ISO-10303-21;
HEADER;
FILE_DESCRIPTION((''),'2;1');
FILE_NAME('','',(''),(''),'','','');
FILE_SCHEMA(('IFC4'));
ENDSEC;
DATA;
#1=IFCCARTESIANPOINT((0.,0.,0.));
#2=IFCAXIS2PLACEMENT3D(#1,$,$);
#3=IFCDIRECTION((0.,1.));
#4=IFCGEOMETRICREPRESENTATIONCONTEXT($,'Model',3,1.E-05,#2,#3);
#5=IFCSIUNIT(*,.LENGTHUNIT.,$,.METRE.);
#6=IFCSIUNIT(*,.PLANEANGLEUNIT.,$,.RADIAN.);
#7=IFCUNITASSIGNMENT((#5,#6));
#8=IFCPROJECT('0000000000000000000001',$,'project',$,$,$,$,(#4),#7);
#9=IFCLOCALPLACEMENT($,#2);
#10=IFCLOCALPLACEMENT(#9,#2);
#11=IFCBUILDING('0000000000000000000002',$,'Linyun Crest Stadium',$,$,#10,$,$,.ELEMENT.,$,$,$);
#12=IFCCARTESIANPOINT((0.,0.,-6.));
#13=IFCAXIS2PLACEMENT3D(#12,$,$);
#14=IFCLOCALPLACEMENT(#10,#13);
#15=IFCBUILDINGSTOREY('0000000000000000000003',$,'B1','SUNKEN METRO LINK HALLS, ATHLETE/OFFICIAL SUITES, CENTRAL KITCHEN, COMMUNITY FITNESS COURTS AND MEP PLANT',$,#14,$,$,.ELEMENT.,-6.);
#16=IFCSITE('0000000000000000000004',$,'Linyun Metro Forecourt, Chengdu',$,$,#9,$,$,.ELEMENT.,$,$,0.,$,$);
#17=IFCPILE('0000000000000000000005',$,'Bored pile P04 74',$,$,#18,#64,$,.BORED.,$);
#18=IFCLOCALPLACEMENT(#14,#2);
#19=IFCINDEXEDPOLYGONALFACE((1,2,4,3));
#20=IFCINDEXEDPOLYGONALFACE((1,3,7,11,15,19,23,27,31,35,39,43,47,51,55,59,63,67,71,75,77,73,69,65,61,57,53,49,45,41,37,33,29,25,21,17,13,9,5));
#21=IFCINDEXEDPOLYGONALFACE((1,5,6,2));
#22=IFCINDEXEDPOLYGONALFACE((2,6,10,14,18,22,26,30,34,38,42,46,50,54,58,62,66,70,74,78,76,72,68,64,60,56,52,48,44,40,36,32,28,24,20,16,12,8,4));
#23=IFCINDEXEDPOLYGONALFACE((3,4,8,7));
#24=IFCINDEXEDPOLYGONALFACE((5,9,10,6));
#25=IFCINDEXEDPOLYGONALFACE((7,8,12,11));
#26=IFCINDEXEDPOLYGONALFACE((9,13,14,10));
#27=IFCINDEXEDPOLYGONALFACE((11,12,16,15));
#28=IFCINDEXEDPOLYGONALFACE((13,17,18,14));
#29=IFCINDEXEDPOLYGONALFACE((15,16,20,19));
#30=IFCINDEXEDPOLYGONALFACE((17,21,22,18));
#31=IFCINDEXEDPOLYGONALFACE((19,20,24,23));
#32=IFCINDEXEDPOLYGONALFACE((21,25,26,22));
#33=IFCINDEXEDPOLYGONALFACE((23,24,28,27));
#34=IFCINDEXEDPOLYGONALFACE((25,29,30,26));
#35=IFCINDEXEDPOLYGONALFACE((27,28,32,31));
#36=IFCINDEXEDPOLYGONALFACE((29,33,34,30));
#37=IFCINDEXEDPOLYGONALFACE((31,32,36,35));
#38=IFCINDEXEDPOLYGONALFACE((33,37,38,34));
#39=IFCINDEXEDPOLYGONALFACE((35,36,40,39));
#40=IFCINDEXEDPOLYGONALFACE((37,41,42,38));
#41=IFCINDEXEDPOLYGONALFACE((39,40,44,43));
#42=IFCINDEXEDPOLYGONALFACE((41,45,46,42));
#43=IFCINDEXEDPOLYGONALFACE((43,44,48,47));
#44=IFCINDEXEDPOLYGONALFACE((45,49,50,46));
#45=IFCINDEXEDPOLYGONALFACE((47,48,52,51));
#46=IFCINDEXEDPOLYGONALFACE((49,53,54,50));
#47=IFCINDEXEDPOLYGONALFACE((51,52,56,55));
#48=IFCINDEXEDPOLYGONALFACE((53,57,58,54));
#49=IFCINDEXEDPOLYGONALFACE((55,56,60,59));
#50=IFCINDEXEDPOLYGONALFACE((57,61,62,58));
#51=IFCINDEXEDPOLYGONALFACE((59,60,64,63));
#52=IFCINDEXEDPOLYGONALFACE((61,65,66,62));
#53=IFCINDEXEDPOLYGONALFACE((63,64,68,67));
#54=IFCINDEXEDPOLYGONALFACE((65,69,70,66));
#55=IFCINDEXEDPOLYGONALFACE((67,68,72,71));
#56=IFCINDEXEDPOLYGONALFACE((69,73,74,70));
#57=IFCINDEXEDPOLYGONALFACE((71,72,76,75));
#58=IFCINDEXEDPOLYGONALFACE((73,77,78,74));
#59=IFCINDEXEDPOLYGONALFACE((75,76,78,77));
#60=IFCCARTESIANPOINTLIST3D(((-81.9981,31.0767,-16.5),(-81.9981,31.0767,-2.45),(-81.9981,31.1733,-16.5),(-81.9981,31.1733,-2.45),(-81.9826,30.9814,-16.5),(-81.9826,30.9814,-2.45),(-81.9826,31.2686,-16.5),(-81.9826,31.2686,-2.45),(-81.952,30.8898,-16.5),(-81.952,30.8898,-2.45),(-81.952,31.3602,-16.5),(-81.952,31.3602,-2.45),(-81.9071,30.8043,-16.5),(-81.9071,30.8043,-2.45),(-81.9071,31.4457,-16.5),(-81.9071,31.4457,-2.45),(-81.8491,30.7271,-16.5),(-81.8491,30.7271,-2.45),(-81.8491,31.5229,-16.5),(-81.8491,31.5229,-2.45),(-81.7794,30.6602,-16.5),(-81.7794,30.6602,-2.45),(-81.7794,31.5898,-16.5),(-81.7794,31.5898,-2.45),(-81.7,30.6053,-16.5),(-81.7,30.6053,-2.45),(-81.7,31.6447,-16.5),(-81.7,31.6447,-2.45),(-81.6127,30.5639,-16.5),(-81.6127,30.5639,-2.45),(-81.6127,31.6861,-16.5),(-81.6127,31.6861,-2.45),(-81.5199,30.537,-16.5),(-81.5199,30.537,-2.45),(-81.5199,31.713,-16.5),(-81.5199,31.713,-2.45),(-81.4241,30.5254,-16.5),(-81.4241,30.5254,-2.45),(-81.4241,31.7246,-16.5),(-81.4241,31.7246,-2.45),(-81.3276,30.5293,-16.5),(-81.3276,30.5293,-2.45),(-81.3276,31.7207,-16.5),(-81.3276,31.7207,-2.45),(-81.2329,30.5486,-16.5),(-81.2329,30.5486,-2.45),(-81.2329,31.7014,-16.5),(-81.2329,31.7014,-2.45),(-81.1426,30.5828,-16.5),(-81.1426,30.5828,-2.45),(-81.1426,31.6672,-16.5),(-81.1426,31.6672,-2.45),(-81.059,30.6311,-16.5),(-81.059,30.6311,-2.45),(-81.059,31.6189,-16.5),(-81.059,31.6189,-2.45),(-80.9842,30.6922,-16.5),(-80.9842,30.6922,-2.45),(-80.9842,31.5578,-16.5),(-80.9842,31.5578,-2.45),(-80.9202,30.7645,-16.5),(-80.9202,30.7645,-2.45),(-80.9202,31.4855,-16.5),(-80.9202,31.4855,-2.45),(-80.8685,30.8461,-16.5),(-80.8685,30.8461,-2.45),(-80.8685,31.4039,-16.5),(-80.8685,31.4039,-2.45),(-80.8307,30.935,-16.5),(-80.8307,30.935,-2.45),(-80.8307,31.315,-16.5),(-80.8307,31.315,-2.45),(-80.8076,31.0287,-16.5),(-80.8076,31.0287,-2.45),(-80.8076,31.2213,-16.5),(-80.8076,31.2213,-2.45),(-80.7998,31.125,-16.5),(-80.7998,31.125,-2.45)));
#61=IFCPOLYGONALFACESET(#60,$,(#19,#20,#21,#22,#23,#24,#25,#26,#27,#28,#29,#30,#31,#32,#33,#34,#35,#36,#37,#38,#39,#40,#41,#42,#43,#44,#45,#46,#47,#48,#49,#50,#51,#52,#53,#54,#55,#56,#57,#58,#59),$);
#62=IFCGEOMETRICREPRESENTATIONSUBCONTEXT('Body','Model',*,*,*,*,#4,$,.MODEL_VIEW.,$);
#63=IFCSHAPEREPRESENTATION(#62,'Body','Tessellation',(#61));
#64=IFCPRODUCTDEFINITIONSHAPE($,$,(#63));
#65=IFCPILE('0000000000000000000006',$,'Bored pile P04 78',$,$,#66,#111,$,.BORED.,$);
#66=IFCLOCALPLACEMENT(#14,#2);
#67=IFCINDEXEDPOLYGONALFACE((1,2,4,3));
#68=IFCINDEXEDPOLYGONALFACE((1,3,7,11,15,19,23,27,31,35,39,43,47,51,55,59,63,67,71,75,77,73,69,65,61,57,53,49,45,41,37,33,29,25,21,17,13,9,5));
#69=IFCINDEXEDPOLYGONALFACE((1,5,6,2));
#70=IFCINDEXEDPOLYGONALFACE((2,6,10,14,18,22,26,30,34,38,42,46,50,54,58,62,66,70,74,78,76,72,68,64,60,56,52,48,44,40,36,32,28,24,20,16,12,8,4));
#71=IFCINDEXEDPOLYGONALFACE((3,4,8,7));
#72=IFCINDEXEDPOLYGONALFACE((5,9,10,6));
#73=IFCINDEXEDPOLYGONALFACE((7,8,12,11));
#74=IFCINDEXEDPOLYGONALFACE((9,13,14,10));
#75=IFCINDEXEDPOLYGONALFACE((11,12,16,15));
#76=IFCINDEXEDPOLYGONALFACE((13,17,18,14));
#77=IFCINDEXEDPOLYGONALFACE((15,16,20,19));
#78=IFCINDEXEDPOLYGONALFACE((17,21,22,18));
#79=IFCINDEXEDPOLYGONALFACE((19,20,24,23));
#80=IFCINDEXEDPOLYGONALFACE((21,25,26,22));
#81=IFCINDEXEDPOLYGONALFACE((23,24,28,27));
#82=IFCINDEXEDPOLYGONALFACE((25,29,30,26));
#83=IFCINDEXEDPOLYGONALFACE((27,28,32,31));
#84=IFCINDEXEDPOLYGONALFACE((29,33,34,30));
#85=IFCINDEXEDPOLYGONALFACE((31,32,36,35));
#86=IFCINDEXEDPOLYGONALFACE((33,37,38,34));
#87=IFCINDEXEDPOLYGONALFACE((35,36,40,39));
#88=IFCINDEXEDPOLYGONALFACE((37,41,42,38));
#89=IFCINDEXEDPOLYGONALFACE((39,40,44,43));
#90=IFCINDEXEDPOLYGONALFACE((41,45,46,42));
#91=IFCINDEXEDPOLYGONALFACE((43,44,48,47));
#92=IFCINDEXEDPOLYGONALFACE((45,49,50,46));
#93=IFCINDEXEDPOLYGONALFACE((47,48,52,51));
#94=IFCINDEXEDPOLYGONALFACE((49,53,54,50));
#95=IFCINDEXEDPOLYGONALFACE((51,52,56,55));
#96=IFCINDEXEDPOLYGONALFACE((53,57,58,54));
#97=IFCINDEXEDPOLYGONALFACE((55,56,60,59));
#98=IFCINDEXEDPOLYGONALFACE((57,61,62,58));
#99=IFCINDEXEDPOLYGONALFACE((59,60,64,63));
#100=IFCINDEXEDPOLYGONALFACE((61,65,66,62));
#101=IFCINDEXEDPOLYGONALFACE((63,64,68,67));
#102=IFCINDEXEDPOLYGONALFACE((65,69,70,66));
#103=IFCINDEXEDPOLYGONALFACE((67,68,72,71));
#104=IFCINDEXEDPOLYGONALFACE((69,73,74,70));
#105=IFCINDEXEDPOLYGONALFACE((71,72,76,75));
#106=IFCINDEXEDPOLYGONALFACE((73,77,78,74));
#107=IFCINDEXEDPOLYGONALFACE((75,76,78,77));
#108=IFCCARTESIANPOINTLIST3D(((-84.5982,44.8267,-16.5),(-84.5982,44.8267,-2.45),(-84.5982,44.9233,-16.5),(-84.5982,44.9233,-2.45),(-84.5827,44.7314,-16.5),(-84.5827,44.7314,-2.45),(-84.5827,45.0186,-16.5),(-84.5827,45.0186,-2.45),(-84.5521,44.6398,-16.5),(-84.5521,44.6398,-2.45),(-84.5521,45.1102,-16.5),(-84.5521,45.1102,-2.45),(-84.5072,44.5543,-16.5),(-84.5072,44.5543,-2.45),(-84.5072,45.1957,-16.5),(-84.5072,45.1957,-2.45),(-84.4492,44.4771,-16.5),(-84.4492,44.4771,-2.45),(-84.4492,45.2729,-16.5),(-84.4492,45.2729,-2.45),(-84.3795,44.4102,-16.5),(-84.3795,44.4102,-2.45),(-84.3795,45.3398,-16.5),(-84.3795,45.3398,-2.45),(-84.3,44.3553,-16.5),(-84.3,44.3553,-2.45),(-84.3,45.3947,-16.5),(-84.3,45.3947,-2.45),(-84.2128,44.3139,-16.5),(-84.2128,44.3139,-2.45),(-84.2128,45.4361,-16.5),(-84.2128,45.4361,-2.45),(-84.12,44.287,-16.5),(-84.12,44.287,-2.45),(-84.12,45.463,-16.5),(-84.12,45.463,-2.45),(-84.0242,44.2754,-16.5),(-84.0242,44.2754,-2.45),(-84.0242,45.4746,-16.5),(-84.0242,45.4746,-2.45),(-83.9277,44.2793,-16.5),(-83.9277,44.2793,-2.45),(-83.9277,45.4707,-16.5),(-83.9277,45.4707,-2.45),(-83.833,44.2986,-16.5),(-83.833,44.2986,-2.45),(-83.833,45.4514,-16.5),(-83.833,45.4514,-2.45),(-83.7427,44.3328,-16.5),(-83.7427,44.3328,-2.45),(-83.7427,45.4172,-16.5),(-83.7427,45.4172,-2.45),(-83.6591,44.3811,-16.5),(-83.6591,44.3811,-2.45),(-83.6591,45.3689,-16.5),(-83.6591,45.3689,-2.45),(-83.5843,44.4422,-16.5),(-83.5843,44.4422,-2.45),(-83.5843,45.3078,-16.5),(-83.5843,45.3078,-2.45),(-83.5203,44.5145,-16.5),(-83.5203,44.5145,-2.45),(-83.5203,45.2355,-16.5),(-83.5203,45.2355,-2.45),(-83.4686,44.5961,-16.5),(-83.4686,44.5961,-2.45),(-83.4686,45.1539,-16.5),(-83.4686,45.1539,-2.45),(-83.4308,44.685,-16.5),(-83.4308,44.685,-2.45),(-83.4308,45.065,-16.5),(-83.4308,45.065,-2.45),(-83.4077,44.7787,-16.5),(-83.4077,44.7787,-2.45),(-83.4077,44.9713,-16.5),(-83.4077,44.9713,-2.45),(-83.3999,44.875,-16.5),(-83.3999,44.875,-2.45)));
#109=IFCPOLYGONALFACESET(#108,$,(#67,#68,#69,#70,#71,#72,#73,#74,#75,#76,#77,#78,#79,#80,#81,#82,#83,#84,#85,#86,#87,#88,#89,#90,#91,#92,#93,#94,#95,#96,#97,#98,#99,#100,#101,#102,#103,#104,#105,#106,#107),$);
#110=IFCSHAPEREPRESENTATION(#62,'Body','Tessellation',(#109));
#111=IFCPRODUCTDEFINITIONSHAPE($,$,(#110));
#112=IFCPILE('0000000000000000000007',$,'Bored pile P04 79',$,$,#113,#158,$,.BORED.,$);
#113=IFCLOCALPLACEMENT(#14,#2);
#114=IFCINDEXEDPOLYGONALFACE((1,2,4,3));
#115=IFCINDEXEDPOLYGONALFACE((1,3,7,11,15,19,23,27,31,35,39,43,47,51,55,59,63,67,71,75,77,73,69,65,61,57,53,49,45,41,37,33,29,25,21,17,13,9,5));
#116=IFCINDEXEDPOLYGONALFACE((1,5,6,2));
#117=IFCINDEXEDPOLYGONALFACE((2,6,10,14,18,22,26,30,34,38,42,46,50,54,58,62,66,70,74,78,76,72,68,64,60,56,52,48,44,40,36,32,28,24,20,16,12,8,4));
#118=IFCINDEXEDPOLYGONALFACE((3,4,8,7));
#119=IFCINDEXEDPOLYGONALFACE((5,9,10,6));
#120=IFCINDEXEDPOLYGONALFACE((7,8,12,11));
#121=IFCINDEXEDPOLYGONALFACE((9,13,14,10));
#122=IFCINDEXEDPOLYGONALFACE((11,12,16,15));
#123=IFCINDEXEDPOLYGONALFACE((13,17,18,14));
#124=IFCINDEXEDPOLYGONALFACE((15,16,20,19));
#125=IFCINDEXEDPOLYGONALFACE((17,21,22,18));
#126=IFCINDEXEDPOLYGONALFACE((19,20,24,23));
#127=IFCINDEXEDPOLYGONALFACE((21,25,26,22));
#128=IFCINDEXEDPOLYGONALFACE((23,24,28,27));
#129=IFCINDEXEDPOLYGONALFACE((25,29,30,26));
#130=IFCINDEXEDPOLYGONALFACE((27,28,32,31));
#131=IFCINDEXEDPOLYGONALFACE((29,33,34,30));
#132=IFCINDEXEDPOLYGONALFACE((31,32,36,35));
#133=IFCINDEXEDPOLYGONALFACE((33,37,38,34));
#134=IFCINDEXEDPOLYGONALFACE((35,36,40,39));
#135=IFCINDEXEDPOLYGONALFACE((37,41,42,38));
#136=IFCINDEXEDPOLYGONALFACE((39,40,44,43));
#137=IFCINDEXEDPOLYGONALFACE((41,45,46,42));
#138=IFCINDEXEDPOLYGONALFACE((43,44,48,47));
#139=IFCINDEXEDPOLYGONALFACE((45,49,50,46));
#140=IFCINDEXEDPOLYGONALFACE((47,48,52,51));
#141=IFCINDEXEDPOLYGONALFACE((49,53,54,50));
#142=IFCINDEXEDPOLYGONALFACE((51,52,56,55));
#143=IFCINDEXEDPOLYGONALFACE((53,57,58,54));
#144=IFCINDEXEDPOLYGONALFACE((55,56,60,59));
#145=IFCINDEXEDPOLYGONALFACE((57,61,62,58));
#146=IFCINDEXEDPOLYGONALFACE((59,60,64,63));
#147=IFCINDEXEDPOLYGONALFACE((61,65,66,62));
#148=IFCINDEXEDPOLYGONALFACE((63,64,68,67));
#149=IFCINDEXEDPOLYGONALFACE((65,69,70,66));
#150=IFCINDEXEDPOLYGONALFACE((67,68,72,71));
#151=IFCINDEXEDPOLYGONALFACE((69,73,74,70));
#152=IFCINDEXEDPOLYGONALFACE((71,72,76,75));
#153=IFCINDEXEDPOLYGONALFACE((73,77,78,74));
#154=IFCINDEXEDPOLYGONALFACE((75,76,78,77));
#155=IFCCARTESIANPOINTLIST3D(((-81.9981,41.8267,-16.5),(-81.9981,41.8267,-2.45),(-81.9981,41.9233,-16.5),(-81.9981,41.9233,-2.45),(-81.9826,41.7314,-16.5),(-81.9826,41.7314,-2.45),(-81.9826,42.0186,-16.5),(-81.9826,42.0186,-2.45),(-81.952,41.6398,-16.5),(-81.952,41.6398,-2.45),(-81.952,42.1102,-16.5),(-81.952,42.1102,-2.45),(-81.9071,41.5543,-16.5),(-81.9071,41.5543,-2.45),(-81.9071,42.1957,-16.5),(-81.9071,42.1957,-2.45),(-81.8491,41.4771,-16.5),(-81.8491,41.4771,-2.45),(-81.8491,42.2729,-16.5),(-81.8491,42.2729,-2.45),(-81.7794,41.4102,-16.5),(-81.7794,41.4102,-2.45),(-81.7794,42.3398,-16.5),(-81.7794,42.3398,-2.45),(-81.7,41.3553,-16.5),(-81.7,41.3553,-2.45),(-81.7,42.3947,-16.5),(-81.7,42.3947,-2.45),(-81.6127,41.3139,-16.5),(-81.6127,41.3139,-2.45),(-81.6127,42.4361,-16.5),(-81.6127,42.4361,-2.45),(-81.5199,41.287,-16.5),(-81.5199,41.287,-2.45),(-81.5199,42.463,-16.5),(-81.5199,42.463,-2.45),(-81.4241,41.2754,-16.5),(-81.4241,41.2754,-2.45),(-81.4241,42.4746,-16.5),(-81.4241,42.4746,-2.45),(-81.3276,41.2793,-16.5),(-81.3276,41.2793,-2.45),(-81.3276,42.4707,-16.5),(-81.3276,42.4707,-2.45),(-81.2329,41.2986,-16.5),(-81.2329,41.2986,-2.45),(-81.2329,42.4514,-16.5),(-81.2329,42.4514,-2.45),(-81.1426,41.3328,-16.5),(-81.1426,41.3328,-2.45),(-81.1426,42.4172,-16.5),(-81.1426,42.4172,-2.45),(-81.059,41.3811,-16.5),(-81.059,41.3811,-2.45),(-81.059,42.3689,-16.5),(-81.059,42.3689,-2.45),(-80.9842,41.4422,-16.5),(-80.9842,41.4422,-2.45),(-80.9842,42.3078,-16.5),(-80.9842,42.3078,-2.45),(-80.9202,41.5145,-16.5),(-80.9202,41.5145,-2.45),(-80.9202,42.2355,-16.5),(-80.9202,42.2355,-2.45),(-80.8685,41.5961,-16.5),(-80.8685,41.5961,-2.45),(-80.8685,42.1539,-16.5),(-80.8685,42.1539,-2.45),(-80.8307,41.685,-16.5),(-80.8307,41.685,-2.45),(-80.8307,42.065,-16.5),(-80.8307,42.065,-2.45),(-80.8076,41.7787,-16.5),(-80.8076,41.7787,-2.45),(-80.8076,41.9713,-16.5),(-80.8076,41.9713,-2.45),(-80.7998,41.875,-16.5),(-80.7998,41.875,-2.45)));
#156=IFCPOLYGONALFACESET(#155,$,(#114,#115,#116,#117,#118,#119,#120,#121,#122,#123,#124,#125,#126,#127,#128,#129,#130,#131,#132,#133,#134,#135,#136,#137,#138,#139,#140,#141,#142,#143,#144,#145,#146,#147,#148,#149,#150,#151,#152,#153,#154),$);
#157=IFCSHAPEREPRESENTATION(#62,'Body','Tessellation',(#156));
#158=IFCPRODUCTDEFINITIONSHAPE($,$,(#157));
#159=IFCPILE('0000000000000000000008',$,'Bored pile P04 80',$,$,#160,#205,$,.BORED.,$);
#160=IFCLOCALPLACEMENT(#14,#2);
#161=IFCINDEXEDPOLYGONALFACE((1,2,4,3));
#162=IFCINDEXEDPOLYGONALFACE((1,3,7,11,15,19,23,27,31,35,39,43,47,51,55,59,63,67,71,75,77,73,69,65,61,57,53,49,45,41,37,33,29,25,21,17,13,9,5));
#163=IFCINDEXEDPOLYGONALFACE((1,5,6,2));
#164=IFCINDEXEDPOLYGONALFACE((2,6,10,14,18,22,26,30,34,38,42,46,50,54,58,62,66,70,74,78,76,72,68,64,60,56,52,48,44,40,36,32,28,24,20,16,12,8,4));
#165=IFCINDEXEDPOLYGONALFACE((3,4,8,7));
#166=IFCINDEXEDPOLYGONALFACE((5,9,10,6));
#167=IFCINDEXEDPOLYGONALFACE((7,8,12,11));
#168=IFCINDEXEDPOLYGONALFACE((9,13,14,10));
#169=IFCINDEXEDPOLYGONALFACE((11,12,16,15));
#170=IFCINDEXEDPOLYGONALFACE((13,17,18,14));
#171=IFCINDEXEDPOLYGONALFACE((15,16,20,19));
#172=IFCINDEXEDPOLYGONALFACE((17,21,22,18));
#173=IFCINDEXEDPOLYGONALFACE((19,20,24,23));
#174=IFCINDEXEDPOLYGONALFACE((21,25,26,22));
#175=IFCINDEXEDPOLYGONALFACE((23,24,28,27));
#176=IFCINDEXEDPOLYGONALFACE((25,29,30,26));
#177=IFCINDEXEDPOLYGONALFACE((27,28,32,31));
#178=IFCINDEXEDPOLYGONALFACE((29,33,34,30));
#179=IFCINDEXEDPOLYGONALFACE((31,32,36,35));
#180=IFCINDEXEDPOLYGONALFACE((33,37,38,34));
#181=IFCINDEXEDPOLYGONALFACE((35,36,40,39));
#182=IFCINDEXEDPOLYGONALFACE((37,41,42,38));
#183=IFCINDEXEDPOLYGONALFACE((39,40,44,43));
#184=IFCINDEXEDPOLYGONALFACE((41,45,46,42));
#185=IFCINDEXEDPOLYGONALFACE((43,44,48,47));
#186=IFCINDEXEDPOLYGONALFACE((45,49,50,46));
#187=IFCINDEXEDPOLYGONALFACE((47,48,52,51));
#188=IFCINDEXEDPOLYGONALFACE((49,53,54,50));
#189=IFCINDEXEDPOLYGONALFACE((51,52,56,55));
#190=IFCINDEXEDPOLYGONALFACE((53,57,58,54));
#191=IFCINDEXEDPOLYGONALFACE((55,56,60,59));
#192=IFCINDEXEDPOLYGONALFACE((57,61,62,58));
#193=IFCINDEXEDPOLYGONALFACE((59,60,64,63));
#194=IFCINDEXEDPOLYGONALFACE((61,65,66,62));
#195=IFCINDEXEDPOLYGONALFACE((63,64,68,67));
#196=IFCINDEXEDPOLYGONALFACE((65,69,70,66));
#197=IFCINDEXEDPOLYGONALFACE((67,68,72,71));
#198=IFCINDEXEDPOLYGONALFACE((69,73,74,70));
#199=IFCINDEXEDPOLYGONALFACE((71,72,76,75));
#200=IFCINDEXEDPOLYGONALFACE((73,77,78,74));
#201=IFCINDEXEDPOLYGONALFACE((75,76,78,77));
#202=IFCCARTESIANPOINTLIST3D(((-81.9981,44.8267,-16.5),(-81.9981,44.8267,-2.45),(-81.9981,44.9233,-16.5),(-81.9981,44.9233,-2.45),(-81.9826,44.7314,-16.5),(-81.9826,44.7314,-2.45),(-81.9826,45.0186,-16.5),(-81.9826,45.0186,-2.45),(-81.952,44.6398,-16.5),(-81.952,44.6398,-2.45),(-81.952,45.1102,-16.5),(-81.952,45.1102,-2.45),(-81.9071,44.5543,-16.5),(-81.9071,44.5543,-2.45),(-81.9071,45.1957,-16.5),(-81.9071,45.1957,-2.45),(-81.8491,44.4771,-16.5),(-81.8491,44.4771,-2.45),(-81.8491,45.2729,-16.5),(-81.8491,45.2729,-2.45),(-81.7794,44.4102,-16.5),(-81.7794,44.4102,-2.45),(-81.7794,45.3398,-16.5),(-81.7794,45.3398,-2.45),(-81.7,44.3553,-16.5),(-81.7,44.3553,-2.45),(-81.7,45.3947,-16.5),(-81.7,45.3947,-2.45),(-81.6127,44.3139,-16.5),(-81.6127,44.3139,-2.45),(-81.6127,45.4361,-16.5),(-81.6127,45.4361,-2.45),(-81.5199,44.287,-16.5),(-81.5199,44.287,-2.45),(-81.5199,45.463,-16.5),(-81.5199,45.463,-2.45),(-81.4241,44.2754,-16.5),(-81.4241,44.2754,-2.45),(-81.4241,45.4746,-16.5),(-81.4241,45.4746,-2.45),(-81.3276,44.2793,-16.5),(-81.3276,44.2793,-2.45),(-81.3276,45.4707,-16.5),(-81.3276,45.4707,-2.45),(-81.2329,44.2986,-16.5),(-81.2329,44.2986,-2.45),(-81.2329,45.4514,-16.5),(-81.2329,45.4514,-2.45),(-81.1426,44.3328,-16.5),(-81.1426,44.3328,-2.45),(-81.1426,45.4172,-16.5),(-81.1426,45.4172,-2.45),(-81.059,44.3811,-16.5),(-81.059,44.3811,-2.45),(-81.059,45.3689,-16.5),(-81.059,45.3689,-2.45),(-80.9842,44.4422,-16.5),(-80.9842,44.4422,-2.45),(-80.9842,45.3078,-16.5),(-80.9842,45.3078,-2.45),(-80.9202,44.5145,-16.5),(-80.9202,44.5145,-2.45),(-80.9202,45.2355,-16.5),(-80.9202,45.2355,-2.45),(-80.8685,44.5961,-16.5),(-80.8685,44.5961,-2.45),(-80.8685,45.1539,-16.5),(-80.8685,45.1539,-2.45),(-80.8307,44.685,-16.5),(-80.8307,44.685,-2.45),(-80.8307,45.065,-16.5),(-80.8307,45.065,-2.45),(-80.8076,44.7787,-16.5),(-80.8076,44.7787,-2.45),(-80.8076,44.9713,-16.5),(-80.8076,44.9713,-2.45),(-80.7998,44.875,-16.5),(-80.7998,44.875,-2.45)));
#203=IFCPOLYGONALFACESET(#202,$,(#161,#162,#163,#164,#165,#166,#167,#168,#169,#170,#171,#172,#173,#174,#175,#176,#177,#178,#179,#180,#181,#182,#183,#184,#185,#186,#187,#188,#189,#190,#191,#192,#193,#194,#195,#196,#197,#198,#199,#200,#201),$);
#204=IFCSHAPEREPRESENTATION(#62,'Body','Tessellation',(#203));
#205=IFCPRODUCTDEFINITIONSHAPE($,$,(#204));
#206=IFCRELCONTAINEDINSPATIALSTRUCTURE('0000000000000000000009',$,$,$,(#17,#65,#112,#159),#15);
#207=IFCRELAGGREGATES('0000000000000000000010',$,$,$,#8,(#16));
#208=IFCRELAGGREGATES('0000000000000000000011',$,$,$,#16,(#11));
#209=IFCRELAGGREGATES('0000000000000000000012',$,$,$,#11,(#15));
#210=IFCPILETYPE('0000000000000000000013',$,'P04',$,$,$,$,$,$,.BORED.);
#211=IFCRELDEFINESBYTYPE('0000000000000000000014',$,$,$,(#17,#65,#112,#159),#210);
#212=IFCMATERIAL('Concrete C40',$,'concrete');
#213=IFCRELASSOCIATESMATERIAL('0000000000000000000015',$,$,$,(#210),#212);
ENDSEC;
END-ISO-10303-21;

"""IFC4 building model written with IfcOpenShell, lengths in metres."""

from ifc_helpers import new_model, si_unit, direction, frame, origin, origin_2d, place, context, subcontext, project, spatial, circle, extrude, material, material_profile, profile_set, type_object, element, save


model = new_model("IFC4")

# Units and contexts
model_context = context("Model", 3, precision=1e-05, world=origin(), true_north=direction((0.0, 1.0)))
body_context = subcontext(model_context, "Body", "Model", "MODEL_VIEW")
ifc_project = project(units=[si_unit("LENGTHUNIT", "METRE"), si_unit("PLANEANGLEUNIT", "RADIAN")], contexts=[model_context])

# Site, building, storey
site_placement = place(None, origin())
site = spatial("IfcSite", under=ifc_project, at=site_placement, Name="Linyun Metro Forecourt, Chengdu", CompositionType="ELEMENT", RefElevation=0.0)
building_placement = place(site_placement, origin())
building = spatial("IfcBuilding", under=site, at=building_placement, Name="Linyun Crest Stadium", CompositionType="ELEMENT")
storey_placement = place(building_placement, frame((0.0, 0.0, -6.0)))
storey = spatial("IfcBuildingStorey", under=building, at=storey_placement, Name="B1", Description="SUNKEN METRO LINK HALLS, ATHLETE/OFFICIAL SUITES, CENTRAL KITCHEN, COMMUNITY FITNESS COURTS AND MEP PLANT", CompositionType="ELEMENT", Elevation=-6.0)

# Piles
ifc_material_1 = material(Name="Concrete C40", Category="concrete")
ifc_material_profile_1 = material_profile(ifc_material_1, circle(Radius=0.6001, at=origin_2d()), Name="BORED PILE 1200")
ifc_profile_set_1 = profile_set([ifc_material_profile_1], Name="Concrete C40")
pile_type_1 = type_object("IfcPileType", Name="P04", PredefinedType="BORED", material=ifc_profile_set_1)
for number, where, z_axis, x_axis, name in (
    (1, (-81.3999, 31.125, -2.45), (0.0, 0.0, -1.0), (1.0, 0.0, 0.0), "Bored pile P04 74"),
    (2, (-84.0, 44.875, -2.45), (0.0, 0.0, -1.0), (1.0, 0.0, 0.0), "Bored pile P04 78"),
    (3, (-81.3999, 41.875, -2.45), (0.0, 0.0, -1.0), (1.0, 0.0, 0.0), "Bored pile P04 79"),
    (4, (-81.3999, 44.875, -2.45), (0.0, 0.0, -1.0), (1.0, 0.0, 0.0), "Bored pile P04 80"),
):
    element("IfcPile", number, at=place(storey_placement, frame(where, z_axis=z_axis, x_axis=x_axis)), inside=storey, type_object=pile_type_1, Name=name, PredefinedType="BORED", context=body_context, shape_type="SweptSolid", body=[
        extrude(circle(Radius=0.6001, at=origin_2d()), origin(), (0.0, 0.0, 1.0), 14.05),
    ])

save(model, "model.ifc")
